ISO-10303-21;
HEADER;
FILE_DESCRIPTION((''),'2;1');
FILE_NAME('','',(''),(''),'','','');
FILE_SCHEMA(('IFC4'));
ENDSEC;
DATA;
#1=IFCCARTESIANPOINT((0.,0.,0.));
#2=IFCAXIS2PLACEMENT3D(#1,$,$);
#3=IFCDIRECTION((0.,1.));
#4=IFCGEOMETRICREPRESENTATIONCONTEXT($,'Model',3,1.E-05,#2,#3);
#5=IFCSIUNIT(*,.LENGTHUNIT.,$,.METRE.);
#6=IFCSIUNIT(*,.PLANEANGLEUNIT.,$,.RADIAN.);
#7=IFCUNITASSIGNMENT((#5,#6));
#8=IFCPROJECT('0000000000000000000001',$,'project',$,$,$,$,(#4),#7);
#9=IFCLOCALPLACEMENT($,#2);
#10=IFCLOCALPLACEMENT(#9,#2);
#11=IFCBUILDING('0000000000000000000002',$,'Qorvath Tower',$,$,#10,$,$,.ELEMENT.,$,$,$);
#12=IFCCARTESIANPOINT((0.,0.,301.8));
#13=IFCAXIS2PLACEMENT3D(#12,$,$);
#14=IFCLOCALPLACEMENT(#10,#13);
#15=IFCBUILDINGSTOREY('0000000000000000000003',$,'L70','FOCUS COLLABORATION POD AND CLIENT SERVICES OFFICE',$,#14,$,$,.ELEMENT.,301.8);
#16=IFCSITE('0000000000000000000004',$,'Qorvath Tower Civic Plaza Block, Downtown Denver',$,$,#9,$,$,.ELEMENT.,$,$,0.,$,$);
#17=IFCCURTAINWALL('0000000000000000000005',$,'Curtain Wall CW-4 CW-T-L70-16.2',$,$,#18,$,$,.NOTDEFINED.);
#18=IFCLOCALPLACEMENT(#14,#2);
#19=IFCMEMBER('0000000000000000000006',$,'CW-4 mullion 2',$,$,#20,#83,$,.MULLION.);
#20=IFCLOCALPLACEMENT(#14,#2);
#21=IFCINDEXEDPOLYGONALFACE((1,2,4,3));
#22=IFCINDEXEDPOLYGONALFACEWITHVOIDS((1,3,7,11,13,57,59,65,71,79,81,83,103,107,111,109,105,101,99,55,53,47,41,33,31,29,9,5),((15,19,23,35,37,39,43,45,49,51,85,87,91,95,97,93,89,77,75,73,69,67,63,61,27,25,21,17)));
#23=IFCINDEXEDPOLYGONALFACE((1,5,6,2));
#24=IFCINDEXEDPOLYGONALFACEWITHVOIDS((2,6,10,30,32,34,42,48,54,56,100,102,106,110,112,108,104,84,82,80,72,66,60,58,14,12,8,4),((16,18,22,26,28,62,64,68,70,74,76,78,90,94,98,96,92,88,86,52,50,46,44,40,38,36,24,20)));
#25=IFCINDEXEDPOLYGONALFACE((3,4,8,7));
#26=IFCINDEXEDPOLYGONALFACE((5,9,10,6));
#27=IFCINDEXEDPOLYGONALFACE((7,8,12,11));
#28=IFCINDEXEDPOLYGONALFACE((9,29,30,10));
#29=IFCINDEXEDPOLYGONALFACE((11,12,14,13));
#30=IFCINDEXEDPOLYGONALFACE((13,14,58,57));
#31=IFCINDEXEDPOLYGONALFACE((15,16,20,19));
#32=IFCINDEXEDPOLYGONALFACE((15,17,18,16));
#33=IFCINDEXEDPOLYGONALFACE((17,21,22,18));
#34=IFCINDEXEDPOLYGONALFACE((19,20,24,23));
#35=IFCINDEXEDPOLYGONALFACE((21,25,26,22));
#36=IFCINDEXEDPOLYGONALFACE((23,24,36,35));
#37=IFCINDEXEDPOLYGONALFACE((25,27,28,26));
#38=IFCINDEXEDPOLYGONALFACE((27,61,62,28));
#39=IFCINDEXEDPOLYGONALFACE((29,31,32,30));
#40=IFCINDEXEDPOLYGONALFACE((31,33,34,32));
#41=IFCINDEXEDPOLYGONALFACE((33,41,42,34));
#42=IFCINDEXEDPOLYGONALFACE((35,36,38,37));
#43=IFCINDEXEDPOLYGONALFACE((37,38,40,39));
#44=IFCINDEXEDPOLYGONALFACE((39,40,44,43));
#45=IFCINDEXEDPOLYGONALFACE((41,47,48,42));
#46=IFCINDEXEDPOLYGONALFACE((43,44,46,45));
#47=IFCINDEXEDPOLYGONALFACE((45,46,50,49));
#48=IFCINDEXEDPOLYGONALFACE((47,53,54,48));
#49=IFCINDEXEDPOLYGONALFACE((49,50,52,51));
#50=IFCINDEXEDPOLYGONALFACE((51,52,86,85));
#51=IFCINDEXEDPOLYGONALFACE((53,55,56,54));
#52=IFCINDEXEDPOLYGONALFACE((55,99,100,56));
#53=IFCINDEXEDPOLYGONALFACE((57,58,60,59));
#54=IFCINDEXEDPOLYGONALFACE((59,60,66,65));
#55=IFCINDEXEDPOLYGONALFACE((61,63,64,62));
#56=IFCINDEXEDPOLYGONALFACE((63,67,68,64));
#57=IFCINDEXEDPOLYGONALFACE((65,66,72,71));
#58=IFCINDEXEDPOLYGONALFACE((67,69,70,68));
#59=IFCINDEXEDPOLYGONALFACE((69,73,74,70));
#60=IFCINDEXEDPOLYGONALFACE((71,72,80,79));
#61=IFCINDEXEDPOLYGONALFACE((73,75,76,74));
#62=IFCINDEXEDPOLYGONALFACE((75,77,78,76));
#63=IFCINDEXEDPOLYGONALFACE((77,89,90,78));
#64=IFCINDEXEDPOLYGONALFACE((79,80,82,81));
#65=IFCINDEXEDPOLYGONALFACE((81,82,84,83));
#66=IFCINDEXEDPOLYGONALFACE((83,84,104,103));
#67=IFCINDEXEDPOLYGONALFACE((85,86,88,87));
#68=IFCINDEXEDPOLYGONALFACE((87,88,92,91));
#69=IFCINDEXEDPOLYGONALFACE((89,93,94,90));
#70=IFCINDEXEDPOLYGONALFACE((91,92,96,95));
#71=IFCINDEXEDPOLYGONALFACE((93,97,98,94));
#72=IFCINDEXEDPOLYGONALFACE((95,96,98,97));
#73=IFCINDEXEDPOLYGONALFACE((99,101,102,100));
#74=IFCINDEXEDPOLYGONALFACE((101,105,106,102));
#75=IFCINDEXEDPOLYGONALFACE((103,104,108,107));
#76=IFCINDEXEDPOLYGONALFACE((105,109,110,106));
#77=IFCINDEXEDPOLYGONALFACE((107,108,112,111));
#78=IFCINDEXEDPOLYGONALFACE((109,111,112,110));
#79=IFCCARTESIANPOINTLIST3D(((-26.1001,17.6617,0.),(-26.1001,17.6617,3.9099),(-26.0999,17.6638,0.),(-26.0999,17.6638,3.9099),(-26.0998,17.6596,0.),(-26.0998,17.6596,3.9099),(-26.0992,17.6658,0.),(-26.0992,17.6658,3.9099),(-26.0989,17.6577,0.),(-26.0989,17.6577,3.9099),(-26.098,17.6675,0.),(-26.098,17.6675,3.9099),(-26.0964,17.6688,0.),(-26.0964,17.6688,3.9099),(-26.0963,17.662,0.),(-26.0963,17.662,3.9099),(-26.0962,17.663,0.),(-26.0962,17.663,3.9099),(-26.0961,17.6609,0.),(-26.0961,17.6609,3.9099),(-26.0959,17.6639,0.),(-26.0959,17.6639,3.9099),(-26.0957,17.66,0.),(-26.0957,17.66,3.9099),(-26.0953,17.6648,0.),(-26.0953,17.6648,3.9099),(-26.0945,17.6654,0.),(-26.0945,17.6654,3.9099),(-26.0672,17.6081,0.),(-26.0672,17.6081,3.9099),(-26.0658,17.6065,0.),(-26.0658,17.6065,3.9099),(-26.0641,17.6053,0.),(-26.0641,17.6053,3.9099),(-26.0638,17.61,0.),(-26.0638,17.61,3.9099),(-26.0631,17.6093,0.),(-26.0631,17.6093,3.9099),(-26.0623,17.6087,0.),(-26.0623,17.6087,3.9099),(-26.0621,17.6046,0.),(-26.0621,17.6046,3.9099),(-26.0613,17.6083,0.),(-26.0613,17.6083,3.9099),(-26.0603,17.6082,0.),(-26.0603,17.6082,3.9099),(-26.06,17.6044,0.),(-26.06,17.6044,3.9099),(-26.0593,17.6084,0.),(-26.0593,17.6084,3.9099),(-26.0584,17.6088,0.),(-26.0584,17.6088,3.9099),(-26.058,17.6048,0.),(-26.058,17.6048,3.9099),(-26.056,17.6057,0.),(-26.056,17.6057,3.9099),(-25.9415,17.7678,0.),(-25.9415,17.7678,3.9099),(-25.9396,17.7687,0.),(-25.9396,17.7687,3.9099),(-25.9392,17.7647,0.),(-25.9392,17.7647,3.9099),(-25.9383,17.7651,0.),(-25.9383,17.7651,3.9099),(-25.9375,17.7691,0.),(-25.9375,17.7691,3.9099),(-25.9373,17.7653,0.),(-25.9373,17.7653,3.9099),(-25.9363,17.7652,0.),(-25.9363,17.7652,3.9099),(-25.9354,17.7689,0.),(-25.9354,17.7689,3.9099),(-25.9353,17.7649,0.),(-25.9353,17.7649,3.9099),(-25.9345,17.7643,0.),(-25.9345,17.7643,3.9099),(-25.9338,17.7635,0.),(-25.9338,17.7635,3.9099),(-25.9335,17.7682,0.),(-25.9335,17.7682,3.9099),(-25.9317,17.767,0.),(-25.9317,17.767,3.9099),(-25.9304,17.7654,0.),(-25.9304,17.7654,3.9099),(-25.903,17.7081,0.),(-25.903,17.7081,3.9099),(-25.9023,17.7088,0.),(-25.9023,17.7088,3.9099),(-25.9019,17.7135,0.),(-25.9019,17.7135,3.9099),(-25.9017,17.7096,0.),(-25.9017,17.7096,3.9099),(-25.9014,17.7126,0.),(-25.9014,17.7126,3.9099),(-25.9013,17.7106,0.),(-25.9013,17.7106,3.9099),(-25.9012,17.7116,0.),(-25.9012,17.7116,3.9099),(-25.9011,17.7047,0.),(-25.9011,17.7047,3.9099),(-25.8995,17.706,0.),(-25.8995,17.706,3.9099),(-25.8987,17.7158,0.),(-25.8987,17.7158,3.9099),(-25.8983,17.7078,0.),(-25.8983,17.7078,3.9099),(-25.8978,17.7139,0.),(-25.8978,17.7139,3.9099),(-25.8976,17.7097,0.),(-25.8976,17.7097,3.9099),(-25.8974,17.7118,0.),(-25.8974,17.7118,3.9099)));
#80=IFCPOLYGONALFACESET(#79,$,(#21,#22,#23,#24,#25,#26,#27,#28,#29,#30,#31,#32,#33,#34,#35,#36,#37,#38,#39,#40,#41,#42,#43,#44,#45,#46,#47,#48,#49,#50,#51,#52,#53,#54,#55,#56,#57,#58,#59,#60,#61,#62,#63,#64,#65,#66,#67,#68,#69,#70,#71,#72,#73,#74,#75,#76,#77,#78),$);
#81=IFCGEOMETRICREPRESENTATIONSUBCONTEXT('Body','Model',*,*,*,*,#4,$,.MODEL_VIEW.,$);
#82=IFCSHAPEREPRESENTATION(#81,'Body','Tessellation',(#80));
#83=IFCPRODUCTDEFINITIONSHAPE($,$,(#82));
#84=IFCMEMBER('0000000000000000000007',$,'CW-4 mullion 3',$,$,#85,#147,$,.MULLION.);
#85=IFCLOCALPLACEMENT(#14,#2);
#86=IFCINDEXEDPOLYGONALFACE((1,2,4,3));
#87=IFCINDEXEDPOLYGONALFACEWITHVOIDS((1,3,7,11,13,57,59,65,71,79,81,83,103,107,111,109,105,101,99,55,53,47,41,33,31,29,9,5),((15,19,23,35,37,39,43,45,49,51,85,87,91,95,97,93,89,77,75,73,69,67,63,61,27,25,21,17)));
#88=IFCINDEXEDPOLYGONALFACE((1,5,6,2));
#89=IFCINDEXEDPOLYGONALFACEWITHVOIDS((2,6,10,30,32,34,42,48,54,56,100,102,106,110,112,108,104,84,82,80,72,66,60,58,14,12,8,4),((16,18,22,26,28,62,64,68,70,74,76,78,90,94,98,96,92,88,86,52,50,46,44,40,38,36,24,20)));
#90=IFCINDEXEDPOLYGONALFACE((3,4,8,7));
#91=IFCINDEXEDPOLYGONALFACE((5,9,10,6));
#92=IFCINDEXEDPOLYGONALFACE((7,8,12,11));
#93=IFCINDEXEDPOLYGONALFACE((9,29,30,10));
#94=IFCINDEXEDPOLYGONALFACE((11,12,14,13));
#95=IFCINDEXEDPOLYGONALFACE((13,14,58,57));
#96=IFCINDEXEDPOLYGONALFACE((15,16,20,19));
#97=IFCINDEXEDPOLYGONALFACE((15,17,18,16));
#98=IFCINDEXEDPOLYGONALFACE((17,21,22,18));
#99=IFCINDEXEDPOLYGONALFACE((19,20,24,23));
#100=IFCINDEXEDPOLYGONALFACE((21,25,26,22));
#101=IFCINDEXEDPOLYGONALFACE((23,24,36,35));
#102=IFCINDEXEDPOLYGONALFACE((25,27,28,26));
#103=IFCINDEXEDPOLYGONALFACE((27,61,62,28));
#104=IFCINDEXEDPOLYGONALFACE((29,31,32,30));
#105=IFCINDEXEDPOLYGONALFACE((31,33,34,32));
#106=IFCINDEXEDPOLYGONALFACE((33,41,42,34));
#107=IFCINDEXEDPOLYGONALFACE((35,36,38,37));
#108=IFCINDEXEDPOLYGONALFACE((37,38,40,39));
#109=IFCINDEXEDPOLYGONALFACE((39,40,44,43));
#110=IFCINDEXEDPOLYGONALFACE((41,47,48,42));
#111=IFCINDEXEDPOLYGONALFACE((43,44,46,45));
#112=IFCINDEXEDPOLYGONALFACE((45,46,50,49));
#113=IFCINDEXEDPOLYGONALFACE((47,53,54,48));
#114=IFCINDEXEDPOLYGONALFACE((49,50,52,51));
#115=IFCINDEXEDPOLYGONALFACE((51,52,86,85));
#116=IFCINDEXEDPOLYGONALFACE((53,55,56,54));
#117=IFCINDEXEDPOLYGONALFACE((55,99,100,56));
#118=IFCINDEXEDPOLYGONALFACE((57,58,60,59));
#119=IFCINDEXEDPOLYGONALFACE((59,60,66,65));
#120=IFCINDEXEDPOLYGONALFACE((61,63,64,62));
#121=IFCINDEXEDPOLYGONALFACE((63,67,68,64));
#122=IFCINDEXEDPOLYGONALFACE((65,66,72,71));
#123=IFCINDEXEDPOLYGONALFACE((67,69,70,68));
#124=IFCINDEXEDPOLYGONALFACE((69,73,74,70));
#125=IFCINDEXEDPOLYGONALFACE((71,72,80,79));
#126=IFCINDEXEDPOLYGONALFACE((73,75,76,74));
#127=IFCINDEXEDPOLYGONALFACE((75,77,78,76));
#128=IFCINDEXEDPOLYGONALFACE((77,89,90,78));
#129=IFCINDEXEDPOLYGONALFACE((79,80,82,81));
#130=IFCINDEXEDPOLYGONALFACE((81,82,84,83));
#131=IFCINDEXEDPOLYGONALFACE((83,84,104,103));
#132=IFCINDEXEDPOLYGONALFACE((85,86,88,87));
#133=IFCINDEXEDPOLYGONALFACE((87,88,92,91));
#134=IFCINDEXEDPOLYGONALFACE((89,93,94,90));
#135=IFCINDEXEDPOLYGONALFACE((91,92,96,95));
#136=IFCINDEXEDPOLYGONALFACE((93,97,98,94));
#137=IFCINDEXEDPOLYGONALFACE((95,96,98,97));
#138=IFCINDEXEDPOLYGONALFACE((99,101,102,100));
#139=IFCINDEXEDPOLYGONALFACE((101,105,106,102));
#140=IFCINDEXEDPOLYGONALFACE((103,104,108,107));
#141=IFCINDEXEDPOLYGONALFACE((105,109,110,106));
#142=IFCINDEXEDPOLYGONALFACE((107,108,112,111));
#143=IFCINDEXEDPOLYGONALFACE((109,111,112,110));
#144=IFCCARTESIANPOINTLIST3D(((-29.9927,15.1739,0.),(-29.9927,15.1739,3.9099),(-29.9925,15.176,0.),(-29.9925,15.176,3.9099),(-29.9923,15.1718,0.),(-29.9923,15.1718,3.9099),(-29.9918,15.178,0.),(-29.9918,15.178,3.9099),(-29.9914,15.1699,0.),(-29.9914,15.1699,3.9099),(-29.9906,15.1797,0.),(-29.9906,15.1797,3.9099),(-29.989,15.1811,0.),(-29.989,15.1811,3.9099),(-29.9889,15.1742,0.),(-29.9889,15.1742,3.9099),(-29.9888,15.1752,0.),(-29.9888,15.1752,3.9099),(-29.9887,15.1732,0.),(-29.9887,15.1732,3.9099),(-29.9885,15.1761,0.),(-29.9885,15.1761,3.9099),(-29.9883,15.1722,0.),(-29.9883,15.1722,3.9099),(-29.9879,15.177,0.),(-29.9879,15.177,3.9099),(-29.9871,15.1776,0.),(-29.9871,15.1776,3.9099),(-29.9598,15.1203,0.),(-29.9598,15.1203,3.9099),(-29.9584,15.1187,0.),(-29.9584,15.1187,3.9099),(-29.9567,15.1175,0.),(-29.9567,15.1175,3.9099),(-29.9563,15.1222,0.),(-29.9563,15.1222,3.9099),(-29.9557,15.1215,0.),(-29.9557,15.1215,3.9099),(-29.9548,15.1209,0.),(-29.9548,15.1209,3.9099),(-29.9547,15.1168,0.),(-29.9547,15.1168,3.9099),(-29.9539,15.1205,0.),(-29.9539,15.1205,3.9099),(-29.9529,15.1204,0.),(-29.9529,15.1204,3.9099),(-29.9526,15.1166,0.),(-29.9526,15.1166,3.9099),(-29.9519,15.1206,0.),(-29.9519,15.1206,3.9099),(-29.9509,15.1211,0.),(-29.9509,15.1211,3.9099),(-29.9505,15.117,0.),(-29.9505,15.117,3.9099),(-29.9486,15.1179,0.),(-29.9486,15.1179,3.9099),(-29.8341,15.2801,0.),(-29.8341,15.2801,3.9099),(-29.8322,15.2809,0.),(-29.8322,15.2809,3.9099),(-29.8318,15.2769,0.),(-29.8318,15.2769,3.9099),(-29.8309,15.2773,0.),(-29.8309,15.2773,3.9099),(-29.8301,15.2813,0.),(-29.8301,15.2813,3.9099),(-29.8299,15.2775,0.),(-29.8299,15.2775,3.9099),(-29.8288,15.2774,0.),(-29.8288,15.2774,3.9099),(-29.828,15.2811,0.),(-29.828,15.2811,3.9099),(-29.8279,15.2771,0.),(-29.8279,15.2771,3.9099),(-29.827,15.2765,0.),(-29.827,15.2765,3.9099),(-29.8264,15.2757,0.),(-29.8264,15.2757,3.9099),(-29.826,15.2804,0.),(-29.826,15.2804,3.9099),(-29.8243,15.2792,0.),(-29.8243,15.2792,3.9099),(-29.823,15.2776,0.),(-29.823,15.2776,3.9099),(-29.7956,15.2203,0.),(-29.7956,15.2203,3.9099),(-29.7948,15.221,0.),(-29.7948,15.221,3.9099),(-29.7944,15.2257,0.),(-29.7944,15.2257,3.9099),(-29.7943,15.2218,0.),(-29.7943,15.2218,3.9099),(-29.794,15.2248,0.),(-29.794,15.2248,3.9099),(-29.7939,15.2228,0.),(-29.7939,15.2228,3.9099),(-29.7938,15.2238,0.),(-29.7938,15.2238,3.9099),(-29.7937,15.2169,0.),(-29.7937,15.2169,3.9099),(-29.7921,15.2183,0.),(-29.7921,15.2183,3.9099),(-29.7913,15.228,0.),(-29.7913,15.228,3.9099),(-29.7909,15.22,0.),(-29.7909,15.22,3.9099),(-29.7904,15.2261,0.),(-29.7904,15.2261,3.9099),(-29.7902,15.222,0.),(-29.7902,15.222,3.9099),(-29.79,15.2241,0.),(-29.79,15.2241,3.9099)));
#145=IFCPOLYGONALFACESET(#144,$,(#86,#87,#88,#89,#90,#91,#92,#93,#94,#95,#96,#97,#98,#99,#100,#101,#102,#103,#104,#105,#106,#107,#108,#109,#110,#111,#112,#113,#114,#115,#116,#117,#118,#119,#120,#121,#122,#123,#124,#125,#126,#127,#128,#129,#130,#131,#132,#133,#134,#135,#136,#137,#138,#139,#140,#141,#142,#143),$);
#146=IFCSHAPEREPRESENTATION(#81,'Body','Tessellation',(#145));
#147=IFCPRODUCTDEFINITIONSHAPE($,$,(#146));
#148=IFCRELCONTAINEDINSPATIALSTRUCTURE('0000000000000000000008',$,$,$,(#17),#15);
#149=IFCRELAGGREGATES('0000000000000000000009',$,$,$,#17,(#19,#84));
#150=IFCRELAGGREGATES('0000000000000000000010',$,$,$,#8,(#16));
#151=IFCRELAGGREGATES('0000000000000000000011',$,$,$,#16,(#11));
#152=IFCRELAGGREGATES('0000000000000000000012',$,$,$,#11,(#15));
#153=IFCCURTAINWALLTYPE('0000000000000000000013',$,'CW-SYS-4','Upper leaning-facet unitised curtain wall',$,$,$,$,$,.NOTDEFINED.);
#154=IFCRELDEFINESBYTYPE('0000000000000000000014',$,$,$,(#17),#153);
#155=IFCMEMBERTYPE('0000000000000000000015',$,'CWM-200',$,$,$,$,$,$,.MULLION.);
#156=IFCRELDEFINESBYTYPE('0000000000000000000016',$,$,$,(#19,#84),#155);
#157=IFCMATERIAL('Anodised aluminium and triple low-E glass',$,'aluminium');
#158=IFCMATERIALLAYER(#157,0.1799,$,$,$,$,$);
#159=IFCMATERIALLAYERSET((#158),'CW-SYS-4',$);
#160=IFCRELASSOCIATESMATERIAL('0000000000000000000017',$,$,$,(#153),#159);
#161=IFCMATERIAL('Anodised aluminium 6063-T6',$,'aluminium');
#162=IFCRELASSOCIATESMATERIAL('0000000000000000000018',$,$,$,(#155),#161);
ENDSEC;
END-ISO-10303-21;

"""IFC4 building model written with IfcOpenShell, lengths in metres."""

from ifc_helpers import new_model, si_unit, direction, frame, origin, origin_2d, place, context, subcontext, project, spatial, hollow_rectangle, extrude, material, layer, layer_set, material_profile, profile_set, type_object, element, aggregate, save


model = new_model("IFC4")

# Units and contexts
model_context = context("Model", 3, precision=1e-05, world=origin(), true_north=direction((0.0, 1.0)))
body_context = subcontext(model_context, "Body", "Model", "MODEL_VIEW")
ifc_project = project(units=[si_unit("LENGTHUNIT", "METRE"), si_unit("PLANEANGLEUNIT", "RADIAN")], contexts=[model_context])

# Site, building, storey
site_placement = place(None, origin())
site = spatial("IfcSite", under=ifc_project, at=site_placement, Name="Qorvath Tower Civic Plaza Block, Downtown Denver", CompositionType="ELEMENT", RefElevation=0.0)
building_placement = place(site_placement, origin())
building = spatial("IfcBuilding", under=site, at=building_placement, Name="Qorvath Tower", CompositionType="ELEMENT")
storey_placement = place(building_placement, frame((0.0, 0.0, 301.8)))
storey = spatial("IfcBuildingStorey", under=building, at=storey_placement, Name="L70", Description="FOCUS COLLABORATION POD AND CLIENT SERVICES OFFICE", CompositionType="ELEMENT", Elevation=301.8)

# Shared definitions
ifc_material_1 = material(Name="Anodised aluminium and triple low-E glass", Category="aluminium")
ifc_layer_1 = layer(ifc_material_1, 0.1799)
ifc_layer_set_1 = layer_set([ifc_layer_1], Name="CW-SYS-4")
curtain_wall_type = type_object("IfcCurtainWallType", Name="CW-SYS-4", Description="Upper leaning-facet unitised curtain wall", PredefinedType="NOTDEFINED", material=ifc_layer_set_1)
ifc_material_2 = material(Name="Anodised aluminium 6063-T6", Category="aluminium")
ifc_material_profile_1 = material_profile(ifc_material_2, hollow_rectangle(XDim=0.075, YDim=0.2, WallThickness=0.0039, InnerFilletRadius=0.0039, OuterFilletRadius=0.0081, at=origin_2d()), Name="CWM 200x75")
ifc_profile_set_1 = profile_set([ifc_material_profile_1], Name="Anodised aluminium 6063-T6")
member_type_1 = type_object("IfcMemberType", Name="CWM-200", PredefinedType="MULLION", material=ifc_profile_set_1)

# Curtain wall, members
curtain_wall_1_placement = place(storey_placement, origin())
curtain_wall_1 = element("IfcCurtainWall", 1, at=curtain_wall_1_placement, inside=storey, type_object=curtain_wall_type, Name="Curtain Wall CW-4 CW-T-L70-16.2", PredefinedType="NOTDEFINED")
member_1_placement = place(storey_placement, frame((-25.9988, 17.6868, 0.0), z_axis=(0.0, 0.0, 1.0), x_axis=(0.538534, -0.842604, 0.0)))
member_1 = element("IfcMember", 2, at=member_1_placement, type_object=member_type_1, Name="CW-4 mullion 2", PredefinedType="MULLION", context=body_context, shape_type="SweptSolid", body=[
    extrude(hollow_rectangle(XDim=0.075, YDim=0.2, WallThickness=0.0039, InnerFilletRadius=0.0039, OuterFilletRadius=0.0081, at=origin_2d()), origin(), (0.0, 0.0, 1.0), 3.9099),
])
member_2_placement = place(storey_placement, frame((-29.8914, 15.199, 0.0), z_axis=(0.0, 0.0, 1.0), x_axis=(0.538534, -0.842604, 0.0)))
member_2 = element("IfcMember", 3, at=member_2_placement, type_object=member_type_1, Name="CW-4 mullion 3", PredefinedType="MULLION", context=body_context, shape_type="SweptSolid", body=[
    extrude(hollow_rectangle(XDim=0.075, YDim=0.2, WallThickness=0.0039, InnerFilletRadius=0.0039, OuterFilletRadius=0.0081, at=origin_2d()), origin(), (0.0, 0.0, 1.0), 3.9099),
])
aggregate(curtain_wall_1, [member_1, member_2])

save(model, "model.ifc")
